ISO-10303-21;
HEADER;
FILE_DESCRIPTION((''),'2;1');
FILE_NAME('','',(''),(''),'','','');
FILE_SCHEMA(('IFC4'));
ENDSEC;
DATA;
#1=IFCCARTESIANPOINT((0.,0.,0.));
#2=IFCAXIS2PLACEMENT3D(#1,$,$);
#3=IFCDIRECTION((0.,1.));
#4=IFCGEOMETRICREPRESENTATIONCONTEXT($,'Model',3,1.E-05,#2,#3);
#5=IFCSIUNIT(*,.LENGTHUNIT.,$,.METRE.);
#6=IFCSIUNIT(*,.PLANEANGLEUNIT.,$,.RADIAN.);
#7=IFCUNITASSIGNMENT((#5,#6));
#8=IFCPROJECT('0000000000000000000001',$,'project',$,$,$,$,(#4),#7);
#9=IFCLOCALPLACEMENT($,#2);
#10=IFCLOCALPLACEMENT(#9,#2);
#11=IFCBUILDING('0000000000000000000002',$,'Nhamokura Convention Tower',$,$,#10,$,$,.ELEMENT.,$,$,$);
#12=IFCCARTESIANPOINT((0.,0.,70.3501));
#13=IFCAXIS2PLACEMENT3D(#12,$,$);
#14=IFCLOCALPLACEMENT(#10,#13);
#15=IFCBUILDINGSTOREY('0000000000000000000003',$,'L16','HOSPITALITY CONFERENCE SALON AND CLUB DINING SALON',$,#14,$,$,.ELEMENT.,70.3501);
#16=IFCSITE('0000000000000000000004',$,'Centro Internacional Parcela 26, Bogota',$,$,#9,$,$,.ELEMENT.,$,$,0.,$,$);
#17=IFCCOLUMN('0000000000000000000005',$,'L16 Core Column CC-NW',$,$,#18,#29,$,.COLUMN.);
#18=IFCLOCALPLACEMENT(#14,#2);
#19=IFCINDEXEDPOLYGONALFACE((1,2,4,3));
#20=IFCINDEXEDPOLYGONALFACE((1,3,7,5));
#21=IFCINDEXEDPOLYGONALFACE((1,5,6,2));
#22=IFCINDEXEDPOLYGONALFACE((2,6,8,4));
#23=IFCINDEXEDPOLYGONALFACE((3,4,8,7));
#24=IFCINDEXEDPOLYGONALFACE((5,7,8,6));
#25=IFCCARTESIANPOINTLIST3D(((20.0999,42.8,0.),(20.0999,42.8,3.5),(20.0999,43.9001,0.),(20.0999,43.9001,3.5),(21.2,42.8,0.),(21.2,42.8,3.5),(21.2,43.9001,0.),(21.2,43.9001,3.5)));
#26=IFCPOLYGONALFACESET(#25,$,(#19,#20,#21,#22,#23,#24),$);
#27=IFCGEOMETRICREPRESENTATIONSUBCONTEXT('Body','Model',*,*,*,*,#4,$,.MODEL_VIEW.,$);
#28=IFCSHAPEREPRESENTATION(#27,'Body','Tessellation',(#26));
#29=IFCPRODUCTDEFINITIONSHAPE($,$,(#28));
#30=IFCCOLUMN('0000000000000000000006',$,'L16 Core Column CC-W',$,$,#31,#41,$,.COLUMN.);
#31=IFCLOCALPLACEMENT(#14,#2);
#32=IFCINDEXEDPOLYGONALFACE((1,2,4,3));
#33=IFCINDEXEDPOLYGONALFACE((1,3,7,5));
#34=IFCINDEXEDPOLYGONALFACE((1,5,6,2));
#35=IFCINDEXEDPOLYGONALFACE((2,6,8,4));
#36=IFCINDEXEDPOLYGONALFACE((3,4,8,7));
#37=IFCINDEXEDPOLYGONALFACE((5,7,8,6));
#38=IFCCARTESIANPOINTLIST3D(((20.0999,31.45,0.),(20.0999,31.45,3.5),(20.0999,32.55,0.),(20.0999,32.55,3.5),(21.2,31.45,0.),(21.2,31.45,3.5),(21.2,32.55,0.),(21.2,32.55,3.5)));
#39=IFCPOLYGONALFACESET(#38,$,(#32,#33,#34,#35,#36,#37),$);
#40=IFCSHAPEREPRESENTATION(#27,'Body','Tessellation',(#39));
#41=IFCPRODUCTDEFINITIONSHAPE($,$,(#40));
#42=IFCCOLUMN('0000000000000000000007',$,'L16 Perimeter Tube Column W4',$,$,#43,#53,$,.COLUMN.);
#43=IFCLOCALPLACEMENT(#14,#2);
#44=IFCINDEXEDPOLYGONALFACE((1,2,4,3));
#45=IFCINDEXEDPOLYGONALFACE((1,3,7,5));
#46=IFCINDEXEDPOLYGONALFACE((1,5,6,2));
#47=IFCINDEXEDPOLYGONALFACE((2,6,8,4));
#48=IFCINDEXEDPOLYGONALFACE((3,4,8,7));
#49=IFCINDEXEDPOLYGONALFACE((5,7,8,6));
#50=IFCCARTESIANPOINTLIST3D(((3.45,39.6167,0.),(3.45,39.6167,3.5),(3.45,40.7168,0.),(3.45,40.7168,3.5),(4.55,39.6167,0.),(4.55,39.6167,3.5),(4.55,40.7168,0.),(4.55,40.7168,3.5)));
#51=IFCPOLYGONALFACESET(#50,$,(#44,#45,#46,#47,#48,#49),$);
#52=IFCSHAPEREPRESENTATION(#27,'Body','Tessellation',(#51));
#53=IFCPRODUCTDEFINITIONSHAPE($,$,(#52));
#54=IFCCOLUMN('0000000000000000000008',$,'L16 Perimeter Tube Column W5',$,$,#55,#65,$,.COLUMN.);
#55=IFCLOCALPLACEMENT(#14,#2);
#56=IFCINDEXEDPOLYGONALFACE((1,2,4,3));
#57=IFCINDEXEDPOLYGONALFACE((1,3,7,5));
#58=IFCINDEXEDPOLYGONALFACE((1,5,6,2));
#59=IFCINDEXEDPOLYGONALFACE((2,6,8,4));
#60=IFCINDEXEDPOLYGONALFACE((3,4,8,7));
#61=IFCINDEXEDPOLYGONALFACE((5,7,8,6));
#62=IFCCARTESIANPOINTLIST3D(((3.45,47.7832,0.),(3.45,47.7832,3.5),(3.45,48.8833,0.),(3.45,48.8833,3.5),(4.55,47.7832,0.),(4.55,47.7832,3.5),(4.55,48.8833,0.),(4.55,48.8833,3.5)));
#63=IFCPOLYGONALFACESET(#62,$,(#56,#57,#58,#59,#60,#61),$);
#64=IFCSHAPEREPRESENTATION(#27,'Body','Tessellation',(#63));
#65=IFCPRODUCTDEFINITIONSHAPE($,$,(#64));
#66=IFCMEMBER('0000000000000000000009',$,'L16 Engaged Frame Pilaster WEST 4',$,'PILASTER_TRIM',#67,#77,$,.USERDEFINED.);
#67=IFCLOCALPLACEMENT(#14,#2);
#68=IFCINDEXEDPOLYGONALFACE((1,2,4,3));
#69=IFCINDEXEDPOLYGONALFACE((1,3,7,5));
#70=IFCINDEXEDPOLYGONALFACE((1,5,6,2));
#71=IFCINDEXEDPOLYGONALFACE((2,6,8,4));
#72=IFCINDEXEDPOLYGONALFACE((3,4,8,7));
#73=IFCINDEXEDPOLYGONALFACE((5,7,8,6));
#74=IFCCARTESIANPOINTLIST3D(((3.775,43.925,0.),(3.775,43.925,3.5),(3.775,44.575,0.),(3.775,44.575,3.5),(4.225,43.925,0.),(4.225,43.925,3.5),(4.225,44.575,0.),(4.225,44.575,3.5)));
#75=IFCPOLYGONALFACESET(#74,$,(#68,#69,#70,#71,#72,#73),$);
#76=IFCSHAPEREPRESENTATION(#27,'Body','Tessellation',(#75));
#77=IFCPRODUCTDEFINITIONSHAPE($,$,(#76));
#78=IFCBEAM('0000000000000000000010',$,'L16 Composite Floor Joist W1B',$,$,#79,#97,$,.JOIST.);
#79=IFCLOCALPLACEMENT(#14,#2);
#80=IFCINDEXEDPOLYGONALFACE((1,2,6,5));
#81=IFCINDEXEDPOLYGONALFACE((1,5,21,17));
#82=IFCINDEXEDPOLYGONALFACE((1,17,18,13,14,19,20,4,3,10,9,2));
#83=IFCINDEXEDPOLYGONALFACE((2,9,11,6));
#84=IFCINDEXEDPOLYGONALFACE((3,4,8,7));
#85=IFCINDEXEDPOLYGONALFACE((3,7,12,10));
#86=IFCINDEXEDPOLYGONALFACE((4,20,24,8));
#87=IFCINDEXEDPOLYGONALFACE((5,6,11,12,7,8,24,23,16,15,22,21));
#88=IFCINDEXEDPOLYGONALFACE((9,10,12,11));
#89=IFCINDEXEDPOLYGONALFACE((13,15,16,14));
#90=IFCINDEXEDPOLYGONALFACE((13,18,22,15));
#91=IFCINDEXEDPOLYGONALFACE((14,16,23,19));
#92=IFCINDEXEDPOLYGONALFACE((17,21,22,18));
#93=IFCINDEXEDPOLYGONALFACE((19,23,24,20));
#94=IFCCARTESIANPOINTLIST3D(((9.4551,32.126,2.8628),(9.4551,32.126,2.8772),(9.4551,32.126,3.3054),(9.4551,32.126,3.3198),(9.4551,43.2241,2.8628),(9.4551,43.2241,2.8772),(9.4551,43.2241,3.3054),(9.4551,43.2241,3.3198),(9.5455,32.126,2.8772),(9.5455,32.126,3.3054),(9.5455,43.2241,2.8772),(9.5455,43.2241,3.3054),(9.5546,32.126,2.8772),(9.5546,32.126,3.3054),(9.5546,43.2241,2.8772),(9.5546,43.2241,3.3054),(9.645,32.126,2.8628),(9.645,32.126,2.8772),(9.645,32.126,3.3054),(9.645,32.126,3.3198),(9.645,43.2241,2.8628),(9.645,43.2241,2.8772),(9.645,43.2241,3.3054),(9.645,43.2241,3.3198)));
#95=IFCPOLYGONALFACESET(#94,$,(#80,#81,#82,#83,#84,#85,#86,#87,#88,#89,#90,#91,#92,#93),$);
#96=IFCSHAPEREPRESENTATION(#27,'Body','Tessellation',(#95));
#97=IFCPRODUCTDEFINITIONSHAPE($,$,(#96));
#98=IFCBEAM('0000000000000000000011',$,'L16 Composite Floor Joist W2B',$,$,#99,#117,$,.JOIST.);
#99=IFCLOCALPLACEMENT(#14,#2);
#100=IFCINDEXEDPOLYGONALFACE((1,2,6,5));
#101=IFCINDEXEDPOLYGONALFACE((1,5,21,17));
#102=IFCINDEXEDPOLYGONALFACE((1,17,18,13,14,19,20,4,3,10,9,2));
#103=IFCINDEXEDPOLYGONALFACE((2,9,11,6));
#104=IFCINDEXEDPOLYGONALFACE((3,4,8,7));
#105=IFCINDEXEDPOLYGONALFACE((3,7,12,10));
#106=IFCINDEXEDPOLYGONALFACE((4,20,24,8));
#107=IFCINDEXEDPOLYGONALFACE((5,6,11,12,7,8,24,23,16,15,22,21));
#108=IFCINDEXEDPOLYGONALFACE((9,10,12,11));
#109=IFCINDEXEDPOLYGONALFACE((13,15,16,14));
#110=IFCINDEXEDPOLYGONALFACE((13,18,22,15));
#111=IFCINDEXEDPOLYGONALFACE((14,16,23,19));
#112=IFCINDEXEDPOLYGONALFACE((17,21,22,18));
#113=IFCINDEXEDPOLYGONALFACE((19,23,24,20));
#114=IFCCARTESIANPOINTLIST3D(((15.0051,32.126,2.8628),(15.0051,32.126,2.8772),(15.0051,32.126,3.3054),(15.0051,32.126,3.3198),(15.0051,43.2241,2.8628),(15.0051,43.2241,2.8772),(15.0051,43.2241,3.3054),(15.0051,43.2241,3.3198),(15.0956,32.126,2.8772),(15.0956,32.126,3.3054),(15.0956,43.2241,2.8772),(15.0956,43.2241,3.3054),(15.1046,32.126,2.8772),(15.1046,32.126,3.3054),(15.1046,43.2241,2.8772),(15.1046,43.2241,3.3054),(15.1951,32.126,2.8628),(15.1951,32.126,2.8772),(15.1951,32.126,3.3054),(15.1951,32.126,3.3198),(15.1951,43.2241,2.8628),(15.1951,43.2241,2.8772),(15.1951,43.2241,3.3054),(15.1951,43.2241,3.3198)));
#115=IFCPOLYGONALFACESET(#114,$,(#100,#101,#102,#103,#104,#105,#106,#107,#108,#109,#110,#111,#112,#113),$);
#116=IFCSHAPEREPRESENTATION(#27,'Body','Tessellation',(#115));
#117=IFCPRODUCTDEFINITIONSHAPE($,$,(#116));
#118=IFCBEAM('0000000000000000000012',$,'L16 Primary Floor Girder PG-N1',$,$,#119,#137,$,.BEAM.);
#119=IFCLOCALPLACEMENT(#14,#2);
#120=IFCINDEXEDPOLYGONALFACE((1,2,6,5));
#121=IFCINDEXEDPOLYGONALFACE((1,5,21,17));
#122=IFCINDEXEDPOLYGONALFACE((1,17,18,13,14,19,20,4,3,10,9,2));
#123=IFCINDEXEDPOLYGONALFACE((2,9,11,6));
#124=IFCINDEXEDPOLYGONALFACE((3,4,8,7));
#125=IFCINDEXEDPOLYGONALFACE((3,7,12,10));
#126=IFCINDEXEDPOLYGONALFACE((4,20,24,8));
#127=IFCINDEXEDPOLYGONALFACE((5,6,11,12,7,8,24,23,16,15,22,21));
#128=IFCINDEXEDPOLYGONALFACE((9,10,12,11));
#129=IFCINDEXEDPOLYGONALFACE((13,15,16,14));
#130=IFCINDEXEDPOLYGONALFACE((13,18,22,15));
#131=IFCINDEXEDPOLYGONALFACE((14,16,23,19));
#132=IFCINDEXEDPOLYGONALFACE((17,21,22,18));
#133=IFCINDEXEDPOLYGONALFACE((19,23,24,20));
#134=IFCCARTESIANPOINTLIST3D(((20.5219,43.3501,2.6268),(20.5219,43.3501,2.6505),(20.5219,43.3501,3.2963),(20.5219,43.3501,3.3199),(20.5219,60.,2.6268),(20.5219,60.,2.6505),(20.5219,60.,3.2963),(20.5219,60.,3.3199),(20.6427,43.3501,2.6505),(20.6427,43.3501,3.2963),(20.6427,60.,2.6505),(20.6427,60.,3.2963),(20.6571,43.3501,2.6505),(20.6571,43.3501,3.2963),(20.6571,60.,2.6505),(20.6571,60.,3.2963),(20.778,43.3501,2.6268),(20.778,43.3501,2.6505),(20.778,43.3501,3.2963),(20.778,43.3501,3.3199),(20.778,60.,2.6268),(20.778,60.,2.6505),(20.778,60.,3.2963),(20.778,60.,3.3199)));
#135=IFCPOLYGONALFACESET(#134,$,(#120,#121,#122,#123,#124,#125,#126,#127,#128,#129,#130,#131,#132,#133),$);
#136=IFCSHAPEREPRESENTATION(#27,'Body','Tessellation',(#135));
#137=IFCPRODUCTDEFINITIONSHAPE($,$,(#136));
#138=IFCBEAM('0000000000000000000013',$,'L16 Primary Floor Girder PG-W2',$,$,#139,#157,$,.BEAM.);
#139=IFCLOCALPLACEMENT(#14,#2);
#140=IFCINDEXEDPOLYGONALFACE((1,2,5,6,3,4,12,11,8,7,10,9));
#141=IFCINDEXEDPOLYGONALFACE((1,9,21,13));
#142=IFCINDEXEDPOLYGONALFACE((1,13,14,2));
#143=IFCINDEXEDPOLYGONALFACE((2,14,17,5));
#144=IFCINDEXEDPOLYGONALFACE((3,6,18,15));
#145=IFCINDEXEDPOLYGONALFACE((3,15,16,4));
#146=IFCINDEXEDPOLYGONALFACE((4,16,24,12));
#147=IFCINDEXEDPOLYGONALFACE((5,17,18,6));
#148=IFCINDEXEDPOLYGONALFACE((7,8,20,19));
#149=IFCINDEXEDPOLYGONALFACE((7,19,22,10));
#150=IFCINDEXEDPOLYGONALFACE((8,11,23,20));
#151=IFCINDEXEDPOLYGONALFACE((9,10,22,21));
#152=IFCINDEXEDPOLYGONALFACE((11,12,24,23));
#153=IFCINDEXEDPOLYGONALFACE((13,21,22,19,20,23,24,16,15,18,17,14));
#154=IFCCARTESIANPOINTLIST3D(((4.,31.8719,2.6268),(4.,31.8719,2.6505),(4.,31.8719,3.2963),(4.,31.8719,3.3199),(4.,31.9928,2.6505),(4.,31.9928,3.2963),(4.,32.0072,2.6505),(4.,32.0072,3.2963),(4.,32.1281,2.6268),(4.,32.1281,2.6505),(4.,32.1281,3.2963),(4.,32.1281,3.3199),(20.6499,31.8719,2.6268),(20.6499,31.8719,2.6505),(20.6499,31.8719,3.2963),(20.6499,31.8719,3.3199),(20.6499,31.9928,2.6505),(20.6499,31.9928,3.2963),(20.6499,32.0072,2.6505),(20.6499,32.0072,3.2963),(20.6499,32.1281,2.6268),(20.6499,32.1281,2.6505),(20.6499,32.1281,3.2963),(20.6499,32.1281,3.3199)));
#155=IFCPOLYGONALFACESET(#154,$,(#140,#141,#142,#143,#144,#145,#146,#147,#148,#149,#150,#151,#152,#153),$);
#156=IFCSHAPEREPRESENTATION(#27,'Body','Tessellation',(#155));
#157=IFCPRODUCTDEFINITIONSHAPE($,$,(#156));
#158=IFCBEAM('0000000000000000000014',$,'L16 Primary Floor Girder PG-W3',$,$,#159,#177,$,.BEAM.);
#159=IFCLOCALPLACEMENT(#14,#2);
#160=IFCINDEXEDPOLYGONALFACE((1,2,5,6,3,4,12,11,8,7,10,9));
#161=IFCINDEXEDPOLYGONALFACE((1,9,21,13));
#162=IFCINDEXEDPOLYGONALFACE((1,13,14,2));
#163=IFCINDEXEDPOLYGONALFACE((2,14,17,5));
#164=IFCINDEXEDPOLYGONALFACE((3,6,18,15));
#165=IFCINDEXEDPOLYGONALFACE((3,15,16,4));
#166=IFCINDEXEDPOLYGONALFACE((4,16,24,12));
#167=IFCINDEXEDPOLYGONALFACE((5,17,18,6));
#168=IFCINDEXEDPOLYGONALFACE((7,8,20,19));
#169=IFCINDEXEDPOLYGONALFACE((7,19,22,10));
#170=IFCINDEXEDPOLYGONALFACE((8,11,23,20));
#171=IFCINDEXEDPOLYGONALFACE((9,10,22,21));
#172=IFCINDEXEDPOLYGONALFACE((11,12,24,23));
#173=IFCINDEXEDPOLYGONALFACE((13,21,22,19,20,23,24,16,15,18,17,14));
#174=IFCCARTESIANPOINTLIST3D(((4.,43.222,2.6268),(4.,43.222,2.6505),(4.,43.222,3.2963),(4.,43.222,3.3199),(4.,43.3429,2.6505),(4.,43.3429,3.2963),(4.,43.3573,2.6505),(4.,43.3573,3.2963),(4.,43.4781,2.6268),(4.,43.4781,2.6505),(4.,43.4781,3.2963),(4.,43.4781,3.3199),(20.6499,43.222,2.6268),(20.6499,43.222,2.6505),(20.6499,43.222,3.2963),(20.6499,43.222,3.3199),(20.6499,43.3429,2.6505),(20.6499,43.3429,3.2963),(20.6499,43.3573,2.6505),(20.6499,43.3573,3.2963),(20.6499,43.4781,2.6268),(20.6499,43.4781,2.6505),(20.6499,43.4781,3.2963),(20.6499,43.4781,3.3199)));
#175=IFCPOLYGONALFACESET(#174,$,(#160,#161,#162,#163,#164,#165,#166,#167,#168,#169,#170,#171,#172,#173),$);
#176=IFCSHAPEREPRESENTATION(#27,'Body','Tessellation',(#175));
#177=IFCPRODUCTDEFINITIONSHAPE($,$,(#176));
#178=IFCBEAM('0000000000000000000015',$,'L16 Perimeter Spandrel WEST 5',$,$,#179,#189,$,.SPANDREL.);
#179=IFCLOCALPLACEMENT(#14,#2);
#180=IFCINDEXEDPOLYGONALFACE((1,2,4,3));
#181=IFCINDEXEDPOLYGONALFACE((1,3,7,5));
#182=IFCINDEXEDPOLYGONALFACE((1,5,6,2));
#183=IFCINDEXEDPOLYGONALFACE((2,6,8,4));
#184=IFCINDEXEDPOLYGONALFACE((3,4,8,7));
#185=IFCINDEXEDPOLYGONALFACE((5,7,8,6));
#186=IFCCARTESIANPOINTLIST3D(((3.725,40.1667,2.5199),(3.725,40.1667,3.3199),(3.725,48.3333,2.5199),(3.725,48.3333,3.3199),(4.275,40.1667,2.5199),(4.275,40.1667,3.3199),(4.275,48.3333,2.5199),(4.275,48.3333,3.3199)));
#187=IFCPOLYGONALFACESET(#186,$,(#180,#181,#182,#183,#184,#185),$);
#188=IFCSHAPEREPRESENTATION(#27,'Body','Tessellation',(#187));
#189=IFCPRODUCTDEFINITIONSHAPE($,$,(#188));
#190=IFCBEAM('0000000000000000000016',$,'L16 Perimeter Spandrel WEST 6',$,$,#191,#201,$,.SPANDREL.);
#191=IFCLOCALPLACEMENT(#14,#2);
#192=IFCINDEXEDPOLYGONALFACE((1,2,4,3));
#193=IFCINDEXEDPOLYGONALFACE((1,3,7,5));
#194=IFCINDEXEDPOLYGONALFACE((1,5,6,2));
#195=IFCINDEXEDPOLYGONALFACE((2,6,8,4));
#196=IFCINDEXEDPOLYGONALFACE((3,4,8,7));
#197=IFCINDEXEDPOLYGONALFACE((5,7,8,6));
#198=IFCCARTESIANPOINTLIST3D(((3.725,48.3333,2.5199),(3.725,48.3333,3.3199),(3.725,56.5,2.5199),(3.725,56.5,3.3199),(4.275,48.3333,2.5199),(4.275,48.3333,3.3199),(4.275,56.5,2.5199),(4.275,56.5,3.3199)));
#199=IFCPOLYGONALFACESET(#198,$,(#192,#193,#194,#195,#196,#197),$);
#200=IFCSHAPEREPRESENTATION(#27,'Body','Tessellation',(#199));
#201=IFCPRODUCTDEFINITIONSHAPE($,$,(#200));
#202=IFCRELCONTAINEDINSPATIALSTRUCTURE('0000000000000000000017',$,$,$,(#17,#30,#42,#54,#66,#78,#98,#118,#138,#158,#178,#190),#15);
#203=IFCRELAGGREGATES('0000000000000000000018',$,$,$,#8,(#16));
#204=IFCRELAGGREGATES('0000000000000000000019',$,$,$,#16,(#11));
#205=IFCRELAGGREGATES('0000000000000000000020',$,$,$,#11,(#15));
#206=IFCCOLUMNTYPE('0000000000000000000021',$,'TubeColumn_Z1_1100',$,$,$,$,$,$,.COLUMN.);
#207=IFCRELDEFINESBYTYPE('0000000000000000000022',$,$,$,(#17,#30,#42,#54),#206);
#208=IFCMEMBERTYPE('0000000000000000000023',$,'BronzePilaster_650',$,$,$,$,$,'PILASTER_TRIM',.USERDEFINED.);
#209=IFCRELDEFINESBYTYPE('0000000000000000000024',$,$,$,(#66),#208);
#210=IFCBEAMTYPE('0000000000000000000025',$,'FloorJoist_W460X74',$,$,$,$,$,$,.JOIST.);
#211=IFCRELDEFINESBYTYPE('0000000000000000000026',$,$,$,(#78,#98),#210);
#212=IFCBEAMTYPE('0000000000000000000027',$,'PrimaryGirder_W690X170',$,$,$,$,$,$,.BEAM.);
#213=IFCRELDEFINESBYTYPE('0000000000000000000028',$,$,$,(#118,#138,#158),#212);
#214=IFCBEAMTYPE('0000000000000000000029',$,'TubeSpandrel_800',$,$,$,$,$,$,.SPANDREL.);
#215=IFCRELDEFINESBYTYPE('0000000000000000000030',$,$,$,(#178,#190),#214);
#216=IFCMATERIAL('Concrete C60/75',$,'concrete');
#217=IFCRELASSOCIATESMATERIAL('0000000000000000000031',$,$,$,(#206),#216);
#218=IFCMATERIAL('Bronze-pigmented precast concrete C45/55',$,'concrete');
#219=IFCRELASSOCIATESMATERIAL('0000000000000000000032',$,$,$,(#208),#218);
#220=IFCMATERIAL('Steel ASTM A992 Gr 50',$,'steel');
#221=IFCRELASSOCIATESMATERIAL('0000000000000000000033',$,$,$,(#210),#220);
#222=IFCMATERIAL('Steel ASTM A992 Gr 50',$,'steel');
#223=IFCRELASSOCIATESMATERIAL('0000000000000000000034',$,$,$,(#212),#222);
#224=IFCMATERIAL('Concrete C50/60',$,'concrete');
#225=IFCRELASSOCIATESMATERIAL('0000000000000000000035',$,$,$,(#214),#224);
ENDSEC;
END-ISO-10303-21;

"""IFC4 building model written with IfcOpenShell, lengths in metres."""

from ifc_helpers import new_model, si_unit, direction, frame, origin, origin_2d, place, context, subcontext, project, spatial, rectangle, i_section, extrude, material, material_profile, profile_set, type_object, element, save


model = new_model("IFC4")

# Units and contexts
model_context = context("Model", 3, precision=1e-05, world=origin(), true_north=direction((0.0, 1.0)))
body_context = subcontext(model_context, "Body", "Model", "MODEL_VIEW")
ifc_project = project(units=[si_unit("LENGTHUNIT", "METRE"), si_unit("PLANEANGLEUNIT", "RADIAN")], contexts=[model_context])

# Site, building, storey
site_placement = place(None, origin())
site = spatial("IfcSite", under=ifc_project, at=site_placement, Name="Centro Internacional Parcela 26, Bogota", CompositionType="ELEMENT", RefElevation=0.0)
building_placement = place(site_placement, origin())
building = spatial("IfcBuilding", under=site, at=building_placement, Name="Nhamokura Convention Tower", CompositionType="ELEMENT")
storey_placement = place(building_placement, frame((0.0, 0.0, 70.3501)))
storey = spatial("IfcBuildingStorey", under=building, at=storey_placement, Name="L16", Description="HOSPITALITY CONFERENCE SALON AND CLUB DINING SALON", CompositionType="ELEMENT", Elevation=70.3501)

# Columns
ifc_material_1 = material(Name="Concrete C60/75", Category="concrete")
ifc_material_profile_1 = material_profile(ifc_material_1, rectangle(XDim=1.1001, YDim=1.1001, at=origin_2d()))
ifc_profile_set_1 = profile_set([ifc_material_profile_1], Name="Concrete C60/75")
column_type = type_object("IfcColumnType", Name="TubeColumn_Z1_1100", PredefinedType="COLUMN", material=ifc_profile_set_1)
for number, where, z_axis, x_axis, name in (
    (1, (20.6499, 43.3501, 0.0), (0.0, 0.0, 1.0), (1.0, 0.0, 0.0), "L16 Core Column CC-NW"),
    (2, (20.6499, 32.0, 0.0), (0.0, 0.0, 1.0), (1.0, 0.0, 0.0), "L16 Core Column CC-W"),
    (3, (4.0, 40.1667, 0.0), (0.0, 0.0, 1.0), (1.0, 0.0, 0.0), "L16 Perimeter Tube Column W4"),
    (4, (4.0, 48.3333, 0.0), (0.0, 0.0, 1.0), (1.0, 0.0, 0.0), "L16 Perimeter Tube Column W5"),
):
    element("IfcColumn", number, at=place(storey_placement, frame(where, z_axis=z_axis, x_axis=x_axis)), inside=storey, type_object=column_type, Name=name, PredefinedType="COLUMN", context=body_context, shape_type="SweptSolid", body=[
        extrude(rectangle(XDim=1.1001, YDim=1.1001, at=origin_2d()), origin(), (0.0, 0.0, 1.0), 3.5),
    ])

# Member
ifc_material_2 = material(Name="Bronze-pigmented precast concrete C45/55", Category="concrete")
ifc_material_profile_2 = material_profile(ifc_material_2, rectangle(XDim=0.45, YDim=0.6499, at=origin_2d()))
ifc_profile_set_2 = profile_set([ifc_material_profile_2], Name="Bronze-pigmented precast concrete C45/55")
member_type = type_object("IfcMemberType", Name="BronzePilaster_650", ElementType="PILASTER_TRIM", PredefinedType="USERDEFINED", material=ifc_profile_set_2)
member_placement = place(storey_placement, frame((4.0, 44.25, 0.0), z_axis=(0.0, 0.0, 1.0), x_axis=(1.0, 0.0, 0.0)))
element("IfcMember", 5, at=member_placement, inside=storey, type_object=member_type, Name="L16 Engaged Frame Pilaster WEST 4", ObjectType="PILASTER_TRIM", PredefinedType="USERDEFINED", context=body_context, shape_type="SweptSolid", body=[
    extrude(rectangle(XDim=0.45, YDim=0.6499, at=origin_2d()), origin(), (0.0, 0.0, 1.0), 3.5),
])

# Beams
ifc_material_3 = material(Name="Steel ASTM A992 Gr 50", Category="steel")
ifc_material_profile_3 = material_profile(ifc_material_3, i_section(OverallWidth=0.1899, OverallDepth=0.457, WebThickness=0.009, FlangeThickness=0.0144, at=origin_2d()))
ifc_profile_set_3 = profile_set([ifc_material_profile_3], Name="Steel ASTM A992 Gr 50")
beam_type_1 = type_object("IfcBeamType", Name="FloorJoist_W460X74", PredefinedType="JOIST", material=ifc_profile_set_3)
for number, where, z_axis, x_axis, name in (
    (6, (9.55, 32.126, 3.0913), (0.0, 1.0, 0.0), (-1.0, 0.0, 0.0), "L16 Composite Floor Joist W1B"),
    (7, (15.1001, 32.126, 3.0913), (0.0, 1.0, 0.0), (-1.0, 0.0, 0.0), "L16 Composite Floor Joist W2B"),
):
    element("IfcBeam", number, at=place(storey_placement, frame(where, z_axis=z_axis, x_axis=x_axis)), inside=storey, type_object=beam_type_1, Name=name, PredefinedType="JOIST", context=body_context, shape_type="SweptSolid", body=[
        extrude(i_section(OverallWidth=0.1899, OverallDepth=0.457, WebThickness=0.009, FlangeThickness=0.0144, at=origin_2d()), origin(), (0.0, 0.0, 1.0), 11.0981),
    ])
ifc_material_4 = material(Name="Steel ASTM A992 Gr 50", Category="steel")
ifc_material_profile_4 = material_profile(ifc_material_4, i_section(OverallWidth=0.2561, OverallDepth=0.6931, WebThickness=0.0144, FlangeThickness=0.0237, at=origin_2d()))
ifc_profile_set_4 = profile_set([ifc_material_profile_4], Name="Steel ASTM A992 Gr 50")
beam_type_2 = type_object("IfcBeamType", Name="PrimaryGirder_W690X170", PredefinedType="BEAM", material=ifc_profile_set_4)
for number, where, z_axis, x_axis, name in (
    (8, (20.6499, 43.3501, 2.9734), (0.0, 1.0, 0.0), (-1.0, 0.0, 0.0), "L16 Primary Floor Girder PG-N1"),
    (9, (4.0, 32.0, 2.9734), (1.0, 0.0, 0.0), (0.0, 1.0, 0.0), "L16 Primary Floor Girder PG-W2"),
    (10, (4.0, 43.3501, 2.9734), (1.0, 0.0, 0.0), (0.0, 1.0, 0.0), "L16 Primary Floor Girder PG-W3"),
):
    element("IfcBeam", number, at=place(storey_placement, frame(where, z_axis=z_axis, x_axis=x_axis)), inside=storey, type_object=beam_type_2, Name=name, PredefinedType="BEAM", context=body_context, shape_type="SweptSolid", body=[
        extrude(i_section(OverallWidth=0.2561, OverallDepth=0.6931, WebThickness=0.0144, FlangeThickness=0.0237, at=origin_2d()), origin(), (0.0, 0.0, 1.0), 16.6499),
    ])
ifc_material_5 = material(Name="Concrete C50/60", Category="concrete")
ifc_material_profile_5 = material_profile(ifc_material_5, rectangle(XDim=0.55, YDim=0.8, at=origin_2d()))
ifc_profile_set_5 = profile_set([ifc_material_profile_5], Name="Concrete C50/60")
beam_type_3 = type_object("IfcBeamType", Name="TubeSpandrel_800", PredefinedType="SPANDREL", material=ifc_profile_set_5)
beam_1_placement = place(storey_placement, frame((4.0, 40.1667, 2.9199), z_axis=(0.0, 1.0, 0.0), x_axis=(-1.0, 0.0, 0.0)))
element("IfcBeam", 11, at=beam_1_placement, inside=storey, type_object=beam_type_3, Name="L16 Perimeter Spandrel WEST 5", PredefinedType="SPANDREL", context=body_context, shape_type="SweptSolid", body=[
    extrude(rectangle(XDim=0.55, YDim=0.8, at=origin_2d()), origin(), (0.0, 0.0, 1.0), 8.1665),
])
beam_2_placement = place(storey_placement, frame((4.0, 48.3333, 2.9199), z_axis=(0.0, 1.0, 0.0), x_axis=(-1.0, 0.0, 0.0)))
element("IfcBeam", 12, at=beam_2_placement, inside=storey, type_object=beam_type_3, Name="L16 Perimeter Spandrel WEST 6", PredefinedType="SPANDREL", context=body_context, shape_type="SweptSolid", body=[
    extrude(rectangle(XDim=0.55, YDim=0.8, at=origin_2d()), origin(), (0.0, 0.0, 1.0), 8.1667),
])

save(model, "model.ifc")
